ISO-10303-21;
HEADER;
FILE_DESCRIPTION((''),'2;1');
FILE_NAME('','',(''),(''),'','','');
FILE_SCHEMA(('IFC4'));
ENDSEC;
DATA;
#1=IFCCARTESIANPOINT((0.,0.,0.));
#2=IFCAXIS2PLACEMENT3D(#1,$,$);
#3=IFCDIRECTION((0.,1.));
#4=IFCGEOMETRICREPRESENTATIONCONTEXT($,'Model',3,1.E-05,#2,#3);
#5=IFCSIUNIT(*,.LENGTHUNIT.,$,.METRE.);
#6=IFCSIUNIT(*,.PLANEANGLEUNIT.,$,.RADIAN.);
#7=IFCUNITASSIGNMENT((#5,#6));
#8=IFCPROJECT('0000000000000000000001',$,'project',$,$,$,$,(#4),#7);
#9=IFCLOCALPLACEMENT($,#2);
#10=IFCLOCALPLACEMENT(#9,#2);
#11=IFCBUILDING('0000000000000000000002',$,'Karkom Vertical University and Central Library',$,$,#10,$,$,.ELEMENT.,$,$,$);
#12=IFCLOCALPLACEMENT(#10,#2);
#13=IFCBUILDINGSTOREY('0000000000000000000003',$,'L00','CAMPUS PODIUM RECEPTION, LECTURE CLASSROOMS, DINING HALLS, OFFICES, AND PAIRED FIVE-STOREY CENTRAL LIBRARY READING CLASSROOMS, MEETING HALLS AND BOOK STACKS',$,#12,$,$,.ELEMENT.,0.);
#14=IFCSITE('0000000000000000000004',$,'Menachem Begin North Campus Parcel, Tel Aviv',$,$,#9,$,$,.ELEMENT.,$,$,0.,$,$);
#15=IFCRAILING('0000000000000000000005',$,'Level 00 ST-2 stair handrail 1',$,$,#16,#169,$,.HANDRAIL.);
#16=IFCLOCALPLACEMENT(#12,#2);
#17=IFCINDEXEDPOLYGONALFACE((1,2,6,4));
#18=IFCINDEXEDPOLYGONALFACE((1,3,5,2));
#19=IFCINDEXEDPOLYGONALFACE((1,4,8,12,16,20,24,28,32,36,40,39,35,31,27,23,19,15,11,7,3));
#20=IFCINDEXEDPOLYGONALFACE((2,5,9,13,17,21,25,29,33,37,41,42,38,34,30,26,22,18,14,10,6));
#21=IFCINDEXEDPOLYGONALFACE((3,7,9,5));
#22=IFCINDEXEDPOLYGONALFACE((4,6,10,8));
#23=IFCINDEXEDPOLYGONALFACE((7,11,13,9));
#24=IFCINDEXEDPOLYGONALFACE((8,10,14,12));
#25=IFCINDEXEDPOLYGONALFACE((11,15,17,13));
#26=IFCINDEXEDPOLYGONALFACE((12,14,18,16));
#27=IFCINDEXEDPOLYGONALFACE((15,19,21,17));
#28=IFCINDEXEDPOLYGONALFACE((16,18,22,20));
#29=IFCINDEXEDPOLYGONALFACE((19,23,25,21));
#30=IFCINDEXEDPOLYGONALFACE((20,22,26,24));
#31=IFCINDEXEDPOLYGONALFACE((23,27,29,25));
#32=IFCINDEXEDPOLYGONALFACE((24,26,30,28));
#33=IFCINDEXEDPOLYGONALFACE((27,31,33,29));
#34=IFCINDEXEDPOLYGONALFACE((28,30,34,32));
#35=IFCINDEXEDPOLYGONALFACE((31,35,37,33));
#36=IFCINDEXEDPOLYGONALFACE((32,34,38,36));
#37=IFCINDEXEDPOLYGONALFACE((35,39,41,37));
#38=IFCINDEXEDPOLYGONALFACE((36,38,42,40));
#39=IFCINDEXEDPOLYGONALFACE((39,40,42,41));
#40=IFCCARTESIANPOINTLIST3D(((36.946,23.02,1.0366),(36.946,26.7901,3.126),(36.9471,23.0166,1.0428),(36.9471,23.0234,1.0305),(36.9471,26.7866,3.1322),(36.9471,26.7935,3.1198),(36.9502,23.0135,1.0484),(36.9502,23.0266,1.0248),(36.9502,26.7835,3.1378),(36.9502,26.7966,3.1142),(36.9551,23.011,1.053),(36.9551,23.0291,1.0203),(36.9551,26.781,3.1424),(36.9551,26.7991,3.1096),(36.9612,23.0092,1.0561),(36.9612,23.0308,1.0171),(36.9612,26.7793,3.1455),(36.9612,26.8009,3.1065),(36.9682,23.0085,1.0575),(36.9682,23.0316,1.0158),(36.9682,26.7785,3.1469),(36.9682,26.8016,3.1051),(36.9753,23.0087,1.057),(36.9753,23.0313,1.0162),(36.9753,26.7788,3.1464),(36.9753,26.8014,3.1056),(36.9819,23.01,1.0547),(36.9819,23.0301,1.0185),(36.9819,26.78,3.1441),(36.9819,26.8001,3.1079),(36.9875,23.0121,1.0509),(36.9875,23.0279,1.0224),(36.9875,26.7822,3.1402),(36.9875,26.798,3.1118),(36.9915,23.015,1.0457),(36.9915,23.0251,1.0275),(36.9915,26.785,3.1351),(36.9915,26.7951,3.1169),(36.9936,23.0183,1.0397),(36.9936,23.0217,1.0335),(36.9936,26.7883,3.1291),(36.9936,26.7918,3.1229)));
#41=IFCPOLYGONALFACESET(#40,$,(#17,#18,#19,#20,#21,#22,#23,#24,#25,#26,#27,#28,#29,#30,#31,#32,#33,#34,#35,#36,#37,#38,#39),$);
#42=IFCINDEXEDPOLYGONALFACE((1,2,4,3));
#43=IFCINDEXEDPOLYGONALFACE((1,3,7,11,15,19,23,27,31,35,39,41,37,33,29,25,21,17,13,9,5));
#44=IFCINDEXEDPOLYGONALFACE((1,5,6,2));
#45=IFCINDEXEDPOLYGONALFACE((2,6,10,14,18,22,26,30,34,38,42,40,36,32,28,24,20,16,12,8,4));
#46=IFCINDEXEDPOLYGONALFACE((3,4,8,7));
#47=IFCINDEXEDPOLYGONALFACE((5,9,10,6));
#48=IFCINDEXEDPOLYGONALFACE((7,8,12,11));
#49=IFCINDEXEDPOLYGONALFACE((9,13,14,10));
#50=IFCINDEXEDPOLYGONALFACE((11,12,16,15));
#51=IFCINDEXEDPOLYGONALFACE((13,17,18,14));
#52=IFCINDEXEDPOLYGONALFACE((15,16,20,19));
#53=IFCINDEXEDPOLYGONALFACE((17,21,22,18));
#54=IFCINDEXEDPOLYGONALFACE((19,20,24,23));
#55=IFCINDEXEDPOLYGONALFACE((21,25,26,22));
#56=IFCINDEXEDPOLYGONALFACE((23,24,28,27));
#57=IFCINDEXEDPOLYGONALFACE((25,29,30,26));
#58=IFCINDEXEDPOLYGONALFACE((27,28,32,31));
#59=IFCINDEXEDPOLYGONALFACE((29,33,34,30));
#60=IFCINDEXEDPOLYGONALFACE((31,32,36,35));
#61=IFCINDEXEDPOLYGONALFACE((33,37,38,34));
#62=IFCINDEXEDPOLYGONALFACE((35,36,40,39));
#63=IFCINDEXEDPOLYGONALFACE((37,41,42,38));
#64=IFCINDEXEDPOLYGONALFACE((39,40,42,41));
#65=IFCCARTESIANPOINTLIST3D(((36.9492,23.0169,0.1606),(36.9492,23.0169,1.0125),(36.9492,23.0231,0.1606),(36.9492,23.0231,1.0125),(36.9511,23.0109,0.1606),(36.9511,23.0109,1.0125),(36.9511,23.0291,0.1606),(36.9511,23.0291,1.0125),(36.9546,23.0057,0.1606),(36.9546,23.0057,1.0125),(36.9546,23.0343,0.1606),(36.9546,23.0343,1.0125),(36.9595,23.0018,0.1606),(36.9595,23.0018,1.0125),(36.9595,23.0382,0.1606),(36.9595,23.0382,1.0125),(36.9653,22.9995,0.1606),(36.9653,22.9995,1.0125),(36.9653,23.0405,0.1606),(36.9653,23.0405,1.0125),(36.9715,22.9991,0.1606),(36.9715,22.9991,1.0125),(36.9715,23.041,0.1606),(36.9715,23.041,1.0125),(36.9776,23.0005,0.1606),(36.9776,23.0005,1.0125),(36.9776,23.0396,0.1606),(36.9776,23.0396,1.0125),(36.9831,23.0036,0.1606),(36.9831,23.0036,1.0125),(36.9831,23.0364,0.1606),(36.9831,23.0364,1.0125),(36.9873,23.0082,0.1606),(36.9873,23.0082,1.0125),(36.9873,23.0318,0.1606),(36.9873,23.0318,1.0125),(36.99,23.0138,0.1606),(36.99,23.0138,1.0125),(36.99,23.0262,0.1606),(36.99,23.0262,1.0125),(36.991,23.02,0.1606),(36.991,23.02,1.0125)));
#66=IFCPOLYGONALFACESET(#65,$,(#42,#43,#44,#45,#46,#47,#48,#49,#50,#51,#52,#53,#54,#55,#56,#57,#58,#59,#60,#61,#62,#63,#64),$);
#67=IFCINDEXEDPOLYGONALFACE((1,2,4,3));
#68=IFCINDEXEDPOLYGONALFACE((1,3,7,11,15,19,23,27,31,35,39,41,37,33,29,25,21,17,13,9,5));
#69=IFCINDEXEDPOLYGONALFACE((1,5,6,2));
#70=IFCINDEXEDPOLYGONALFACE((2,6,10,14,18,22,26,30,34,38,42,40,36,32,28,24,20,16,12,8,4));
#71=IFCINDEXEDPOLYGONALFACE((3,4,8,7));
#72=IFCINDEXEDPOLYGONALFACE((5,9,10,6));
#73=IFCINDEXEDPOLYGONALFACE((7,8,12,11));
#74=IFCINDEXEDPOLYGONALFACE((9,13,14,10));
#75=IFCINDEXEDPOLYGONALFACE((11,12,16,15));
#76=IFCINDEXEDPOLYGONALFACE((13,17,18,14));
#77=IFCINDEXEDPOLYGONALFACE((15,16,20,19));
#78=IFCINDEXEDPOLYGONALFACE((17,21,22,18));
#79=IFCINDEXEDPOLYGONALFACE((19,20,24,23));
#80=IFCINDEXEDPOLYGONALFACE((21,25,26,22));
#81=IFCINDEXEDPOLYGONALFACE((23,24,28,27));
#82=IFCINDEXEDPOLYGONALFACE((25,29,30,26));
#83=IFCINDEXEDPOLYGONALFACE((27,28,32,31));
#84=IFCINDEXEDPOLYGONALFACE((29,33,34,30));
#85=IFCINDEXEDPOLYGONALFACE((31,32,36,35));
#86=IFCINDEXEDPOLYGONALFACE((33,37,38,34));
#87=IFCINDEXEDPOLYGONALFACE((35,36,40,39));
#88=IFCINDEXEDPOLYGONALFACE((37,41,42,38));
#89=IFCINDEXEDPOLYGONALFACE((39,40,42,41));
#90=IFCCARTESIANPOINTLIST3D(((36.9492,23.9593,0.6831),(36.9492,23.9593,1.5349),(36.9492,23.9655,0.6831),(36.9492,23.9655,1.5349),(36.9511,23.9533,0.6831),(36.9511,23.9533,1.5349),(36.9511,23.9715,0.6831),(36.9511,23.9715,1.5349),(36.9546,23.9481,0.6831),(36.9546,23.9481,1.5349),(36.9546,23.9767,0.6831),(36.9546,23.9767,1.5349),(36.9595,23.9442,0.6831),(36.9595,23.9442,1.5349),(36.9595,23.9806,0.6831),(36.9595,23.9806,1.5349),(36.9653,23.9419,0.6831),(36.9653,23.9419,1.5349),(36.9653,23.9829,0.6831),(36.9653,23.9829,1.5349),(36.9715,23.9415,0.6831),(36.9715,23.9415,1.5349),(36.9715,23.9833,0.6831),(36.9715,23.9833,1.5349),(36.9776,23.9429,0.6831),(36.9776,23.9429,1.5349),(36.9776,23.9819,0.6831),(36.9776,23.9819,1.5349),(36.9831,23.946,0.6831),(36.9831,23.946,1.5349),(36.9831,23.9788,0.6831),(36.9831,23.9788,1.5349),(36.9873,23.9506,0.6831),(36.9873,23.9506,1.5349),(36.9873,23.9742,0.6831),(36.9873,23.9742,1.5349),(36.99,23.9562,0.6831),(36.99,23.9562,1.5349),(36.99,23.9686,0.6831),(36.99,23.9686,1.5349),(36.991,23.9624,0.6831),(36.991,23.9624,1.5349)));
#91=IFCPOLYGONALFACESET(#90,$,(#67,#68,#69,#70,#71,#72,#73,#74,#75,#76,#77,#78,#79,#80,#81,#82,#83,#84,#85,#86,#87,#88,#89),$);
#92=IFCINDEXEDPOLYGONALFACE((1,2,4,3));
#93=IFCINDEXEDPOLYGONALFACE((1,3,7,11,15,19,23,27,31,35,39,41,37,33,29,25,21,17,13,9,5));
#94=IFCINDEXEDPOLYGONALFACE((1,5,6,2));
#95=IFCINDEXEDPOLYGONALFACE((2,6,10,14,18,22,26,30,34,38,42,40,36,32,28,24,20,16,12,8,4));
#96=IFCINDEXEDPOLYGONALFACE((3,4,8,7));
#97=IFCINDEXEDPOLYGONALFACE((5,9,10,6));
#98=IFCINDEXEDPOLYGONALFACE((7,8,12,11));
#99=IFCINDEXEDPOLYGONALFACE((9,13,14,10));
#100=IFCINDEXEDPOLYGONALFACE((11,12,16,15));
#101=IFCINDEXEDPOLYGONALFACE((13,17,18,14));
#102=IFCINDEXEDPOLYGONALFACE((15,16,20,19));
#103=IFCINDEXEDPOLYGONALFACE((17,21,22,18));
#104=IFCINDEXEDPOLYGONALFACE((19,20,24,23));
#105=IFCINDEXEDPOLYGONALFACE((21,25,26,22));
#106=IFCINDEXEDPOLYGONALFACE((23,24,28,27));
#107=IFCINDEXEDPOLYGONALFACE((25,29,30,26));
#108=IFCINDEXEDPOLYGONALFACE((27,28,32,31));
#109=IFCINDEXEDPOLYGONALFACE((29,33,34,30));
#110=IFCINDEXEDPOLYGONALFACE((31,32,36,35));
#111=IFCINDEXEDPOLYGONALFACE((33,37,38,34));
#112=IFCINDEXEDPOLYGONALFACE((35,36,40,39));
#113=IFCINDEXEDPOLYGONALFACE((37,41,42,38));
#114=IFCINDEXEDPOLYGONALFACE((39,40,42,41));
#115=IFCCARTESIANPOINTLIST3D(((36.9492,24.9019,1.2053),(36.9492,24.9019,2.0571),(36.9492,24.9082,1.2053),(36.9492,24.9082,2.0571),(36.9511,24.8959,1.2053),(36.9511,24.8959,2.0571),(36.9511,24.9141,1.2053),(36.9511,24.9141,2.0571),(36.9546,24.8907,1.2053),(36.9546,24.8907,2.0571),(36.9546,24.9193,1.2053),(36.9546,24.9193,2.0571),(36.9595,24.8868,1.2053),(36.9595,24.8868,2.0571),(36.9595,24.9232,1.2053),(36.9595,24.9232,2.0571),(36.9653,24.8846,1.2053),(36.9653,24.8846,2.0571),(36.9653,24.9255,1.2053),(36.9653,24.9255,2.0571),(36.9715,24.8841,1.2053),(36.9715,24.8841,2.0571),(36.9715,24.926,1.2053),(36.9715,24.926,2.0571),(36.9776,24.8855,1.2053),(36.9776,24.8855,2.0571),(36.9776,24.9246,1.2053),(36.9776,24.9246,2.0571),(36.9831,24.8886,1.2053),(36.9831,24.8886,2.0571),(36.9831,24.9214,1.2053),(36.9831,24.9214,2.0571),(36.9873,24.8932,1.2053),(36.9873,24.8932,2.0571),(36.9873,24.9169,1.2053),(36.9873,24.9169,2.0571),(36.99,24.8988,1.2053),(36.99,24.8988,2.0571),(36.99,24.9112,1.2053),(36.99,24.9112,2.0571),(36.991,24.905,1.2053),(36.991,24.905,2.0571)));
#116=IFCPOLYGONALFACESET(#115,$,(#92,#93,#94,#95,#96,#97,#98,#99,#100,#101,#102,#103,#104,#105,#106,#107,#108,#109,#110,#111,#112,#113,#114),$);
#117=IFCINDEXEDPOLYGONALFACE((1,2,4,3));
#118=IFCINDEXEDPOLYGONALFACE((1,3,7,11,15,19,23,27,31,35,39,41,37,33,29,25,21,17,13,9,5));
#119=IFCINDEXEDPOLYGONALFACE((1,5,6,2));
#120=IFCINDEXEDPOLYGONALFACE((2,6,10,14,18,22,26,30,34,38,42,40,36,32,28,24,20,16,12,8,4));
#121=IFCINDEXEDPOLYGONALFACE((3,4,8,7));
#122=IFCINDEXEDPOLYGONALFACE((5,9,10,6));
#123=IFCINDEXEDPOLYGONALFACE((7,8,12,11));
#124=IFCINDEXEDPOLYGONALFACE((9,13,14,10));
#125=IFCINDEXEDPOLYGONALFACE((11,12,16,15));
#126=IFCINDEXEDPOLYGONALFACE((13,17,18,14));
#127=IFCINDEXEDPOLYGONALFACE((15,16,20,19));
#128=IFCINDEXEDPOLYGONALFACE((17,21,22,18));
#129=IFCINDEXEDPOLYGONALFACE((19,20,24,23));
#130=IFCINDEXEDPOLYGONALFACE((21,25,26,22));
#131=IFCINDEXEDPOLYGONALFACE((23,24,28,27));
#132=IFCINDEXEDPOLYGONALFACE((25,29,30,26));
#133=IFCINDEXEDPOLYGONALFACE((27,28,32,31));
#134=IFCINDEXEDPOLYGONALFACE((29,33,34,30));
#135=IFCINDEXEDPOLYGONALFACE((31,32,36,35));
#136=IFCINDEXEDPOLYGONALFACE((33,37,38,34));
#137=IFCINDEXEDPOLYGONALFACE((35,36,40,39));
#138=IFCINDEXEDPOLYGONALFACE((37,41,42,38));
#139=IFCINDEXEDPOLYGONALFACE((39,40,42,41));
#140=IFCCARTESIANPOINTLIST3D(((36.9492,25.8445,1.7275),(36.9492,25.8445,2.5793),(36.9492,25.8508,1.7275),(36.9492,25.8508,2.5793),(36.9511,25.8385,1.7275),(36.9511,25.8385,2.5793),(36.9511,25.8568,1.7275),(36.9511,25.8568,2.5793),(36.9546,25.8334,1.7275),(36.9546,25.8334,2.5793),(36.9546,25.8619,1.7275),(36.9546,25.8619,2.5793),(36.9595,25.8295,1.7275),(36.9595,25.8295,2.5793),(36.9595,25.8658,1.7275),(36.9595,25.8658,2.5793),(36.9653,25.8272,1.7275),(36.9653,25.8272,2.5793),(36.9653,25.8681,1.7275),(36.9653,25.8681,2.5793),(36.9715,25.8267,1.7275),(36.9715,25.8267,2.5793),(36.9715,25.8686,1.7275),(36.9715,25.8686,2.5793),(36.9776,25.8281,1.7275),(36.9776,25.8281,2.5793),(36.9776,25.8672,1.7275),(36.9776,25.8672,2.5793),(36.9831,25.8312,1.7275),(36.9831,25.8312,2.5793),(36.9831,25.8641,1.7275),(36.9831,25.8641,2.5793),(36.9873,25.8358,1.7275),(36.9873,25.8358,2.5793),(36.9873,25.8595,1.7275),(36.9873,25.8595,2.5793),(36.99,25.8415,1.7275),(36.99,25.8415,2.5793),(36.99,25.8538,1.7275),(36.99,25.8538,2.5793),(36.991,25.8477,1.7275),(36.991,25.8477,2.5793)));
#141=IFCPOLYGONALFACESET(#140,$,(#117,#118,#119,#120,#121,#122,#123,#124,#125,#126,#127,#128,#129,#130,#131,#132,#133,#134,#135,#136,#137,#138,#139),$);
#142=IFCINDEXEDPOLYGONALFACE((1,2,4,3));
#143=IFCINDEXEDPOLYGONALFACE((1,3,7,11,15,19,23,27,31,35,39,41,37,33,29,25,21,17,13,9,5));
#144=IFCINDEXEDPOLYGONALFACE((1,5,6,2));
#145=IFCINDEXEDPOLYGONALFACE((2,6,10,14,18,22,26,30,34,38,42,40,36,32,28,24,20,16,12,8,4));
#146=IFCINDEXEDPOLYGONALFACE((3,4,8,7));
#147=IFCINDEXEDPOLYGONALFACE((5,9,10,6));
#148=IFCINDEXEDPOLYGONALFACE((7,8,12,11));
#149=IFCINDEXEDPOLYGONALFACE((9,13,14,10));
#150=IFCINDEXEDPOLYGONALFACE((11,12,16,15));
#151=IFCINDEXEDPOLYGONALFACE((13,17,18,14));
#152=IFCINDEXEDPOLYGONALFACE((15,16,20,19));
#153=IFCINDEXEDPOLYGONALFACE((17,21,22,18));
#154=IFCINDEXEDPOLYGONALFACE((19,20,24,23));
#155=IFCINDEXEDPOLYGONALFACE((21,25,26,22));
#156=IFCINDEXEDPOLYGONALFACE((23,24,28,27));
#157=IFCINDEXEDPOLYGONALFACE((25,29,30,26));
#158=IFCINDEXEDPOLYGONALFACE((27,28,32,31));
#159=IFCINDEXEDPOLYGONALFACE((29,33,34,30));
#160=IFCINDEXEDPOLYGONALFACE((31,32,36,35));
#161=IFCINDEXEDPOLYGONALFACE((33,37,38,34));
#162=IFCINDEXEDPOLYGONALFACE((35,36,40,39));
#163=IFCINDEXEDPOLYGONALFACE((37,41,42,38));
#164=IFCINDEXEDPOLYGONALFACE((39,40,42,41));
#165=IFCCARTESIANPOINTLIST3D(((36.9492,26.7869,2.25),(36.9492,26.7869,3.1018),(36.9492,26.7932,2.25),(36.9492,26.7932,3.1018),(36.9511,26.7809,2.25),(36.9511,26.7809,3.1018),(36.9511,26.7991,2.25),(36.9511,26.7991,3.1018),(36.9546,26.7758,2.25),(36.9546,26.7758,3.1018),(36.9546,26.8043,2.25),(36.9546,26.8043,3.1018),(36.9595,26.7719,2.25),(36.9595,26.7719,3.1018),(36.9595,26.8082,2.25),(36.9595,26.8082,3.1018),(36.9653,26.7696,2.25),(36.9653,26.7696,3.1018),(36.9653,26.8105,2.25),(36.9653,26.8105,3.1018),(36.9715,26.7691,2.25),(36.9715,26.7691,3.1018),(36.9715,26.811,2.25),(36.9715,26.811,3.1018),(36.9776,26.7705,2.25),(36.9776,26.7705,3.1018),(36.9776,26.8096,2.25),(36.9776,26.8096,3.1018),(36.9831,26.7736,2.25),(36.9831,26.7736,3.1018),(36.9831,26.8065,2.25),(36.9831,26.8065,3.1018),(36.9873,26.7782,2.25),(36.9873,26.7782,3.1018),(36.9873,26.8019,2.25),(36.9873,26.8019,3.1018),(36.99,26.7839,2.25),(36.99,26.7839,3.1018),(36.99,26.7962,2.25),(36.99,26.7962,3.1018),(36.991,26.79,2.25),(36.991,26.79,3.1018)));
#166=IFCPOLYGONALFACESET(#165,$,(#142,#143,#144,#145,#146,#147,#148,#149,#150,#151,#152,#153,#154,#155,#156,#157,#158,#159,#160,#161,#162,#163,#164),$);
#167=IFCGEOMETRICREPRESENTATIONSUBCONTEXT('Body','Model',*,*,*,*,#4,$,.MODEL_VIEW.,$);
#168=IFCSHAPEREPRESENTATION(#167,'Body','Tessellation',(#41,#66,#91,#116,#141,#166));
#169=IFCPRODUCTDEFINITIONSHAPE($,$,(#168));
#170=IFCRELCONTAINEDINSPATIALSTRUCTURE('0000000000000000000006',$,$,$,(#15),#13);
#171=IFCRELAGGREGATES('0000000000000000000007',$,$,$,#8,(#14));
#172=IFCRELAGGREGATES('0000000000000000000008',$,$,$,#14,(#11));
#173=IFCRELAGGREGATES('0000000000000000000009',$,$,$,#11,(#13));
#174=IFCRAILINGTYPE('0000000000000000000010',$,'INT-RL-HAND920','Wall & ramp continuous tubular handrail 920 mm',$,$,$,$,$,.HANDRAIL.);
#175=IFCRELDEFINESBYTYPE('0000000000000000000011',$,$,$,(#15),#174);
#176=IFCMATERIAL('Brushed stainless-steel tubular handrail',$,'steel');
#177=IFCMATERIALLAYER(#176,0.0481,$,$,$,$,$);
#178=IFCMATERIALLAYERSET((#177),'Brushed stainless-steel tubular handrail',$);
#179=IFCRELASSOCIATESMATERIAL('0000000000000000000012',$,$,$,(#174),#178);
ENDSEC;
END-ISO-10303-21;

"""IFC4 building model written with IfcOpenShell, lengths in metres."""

from ifc_helpers import new_model, si_unit, direction, frame, origin, origin_2d, place, context, subcontext, project, spatial, circle, extrude, material, layer, layer_set, type_object, element, save


model = new_model("IFC4")

# Units and contexts
model_context = context("Model", 3, precision=1e-05, world=origin(), true_north=direction((0.0, 1.0)))
body_context = subcontext(model_context, "Body", "Model", "MODEL_VIEW")
ifc_project = project(units=[si_unit("LENGTHUNIT", "METRE"), si_unit("PLANEANGLEUNIT", "RADIAN")], contexts=[model_context])

# Site, building, storey
site_placement = place(None, origin())
site = spatial("IfcSite", under=ifc_project, at=site_placement, Name="Menachem Begin North Campus Parcel, Tel Aviv", CompositionType="ELEMENT", RefElevation=0.0)
building_placement = place(site_placement, origin())
building = spatial("IfcBuilding", under=site, at=building_placement, Name="Karkom Vertical University and Central Library", CompositionType="ELEMENT")
storey_placement = place(building_placement, origin())
storey = spatial("IfcBuildingStorey", under=building, at=storey_placement, Name="L00", Description="CAMPUS PODIUM RECEPTION, LECTURE CLASSROOMS, DINING HALLS, OFFICES, AND PAIRED FIVE-STOREY CENTRAL LIBRARY READING CLASSROOMS, MEETING HALLS AND BOOK STACKS", CompositionType="ELEMENT", Elevation=0.0)

# Railing
ifc_material_1 = material(Name="Brushed stainless-steel tubular handrail", Category="steel")
ifc_layer_1 = layer(ifc_material_1, 0.0481)
ifc_layer_set_1 = layer_set([ifc_layer_1], Name="Brushed stainless-steel tubular handrail")
railing_type_1 = type_object("IfcRailingType", Name="INT-RL-HAND920", Description="Wall & ramp continuous tubular handrail 920 mm", PredefinedType="HANDRAIL", material=ifc_layer_set_1)
railing_1_placement = place(storey_placement, frame((36.97, 23.02, 0.1606)))
element("IfcRailing", 1, at=railing_1_placement, inside=storey, type_object=railing_type_1, Name="Level 00 ST-2 stair handrail 1", PredefinedType="HANDRAIL", context=body_context, shape_type="SweptSolid", body=[
    extrude(circle(Radius=0.0239, at=origin_2d()), frame((0.0, 0.0, 0.876), z_axis=(0.0, 0.874659, 0.484739), x_axis=(-1.0, 0.0, 0.0)), (0.0, 0.0, 1.0), 4.3103),
    extrude(circle(Radius=0.021, at=origin_2d()), origin(), (0.0, 0.0, 1.0), 0.8518),
    extrude(circle(Radius=0.021, at=origin_2d()), frame((0.0, 0.9424, 0.5225)), (0.0, 0.0, 1.0), 0.8518),
    extrude(circle(Radius=0.021, at=origin_2d()), frame((0.0, 1.885, 1.0447)), (0.0, 0.0, 1.0), 0.8518),
    extrude(circle(Radius=0.021, at=origin_2d()), frame((0.0, 2.8276, 1.5669)), (0.0, 0.0, 1.0), 0.8518),
    extrude(circle(Radius=0.021, at=origin_2d()), frame((0.0, 3.77, 2.0894)), (0.0, 0.0, 1.0), 0.8518),
])

save(model, "model.ifc")
